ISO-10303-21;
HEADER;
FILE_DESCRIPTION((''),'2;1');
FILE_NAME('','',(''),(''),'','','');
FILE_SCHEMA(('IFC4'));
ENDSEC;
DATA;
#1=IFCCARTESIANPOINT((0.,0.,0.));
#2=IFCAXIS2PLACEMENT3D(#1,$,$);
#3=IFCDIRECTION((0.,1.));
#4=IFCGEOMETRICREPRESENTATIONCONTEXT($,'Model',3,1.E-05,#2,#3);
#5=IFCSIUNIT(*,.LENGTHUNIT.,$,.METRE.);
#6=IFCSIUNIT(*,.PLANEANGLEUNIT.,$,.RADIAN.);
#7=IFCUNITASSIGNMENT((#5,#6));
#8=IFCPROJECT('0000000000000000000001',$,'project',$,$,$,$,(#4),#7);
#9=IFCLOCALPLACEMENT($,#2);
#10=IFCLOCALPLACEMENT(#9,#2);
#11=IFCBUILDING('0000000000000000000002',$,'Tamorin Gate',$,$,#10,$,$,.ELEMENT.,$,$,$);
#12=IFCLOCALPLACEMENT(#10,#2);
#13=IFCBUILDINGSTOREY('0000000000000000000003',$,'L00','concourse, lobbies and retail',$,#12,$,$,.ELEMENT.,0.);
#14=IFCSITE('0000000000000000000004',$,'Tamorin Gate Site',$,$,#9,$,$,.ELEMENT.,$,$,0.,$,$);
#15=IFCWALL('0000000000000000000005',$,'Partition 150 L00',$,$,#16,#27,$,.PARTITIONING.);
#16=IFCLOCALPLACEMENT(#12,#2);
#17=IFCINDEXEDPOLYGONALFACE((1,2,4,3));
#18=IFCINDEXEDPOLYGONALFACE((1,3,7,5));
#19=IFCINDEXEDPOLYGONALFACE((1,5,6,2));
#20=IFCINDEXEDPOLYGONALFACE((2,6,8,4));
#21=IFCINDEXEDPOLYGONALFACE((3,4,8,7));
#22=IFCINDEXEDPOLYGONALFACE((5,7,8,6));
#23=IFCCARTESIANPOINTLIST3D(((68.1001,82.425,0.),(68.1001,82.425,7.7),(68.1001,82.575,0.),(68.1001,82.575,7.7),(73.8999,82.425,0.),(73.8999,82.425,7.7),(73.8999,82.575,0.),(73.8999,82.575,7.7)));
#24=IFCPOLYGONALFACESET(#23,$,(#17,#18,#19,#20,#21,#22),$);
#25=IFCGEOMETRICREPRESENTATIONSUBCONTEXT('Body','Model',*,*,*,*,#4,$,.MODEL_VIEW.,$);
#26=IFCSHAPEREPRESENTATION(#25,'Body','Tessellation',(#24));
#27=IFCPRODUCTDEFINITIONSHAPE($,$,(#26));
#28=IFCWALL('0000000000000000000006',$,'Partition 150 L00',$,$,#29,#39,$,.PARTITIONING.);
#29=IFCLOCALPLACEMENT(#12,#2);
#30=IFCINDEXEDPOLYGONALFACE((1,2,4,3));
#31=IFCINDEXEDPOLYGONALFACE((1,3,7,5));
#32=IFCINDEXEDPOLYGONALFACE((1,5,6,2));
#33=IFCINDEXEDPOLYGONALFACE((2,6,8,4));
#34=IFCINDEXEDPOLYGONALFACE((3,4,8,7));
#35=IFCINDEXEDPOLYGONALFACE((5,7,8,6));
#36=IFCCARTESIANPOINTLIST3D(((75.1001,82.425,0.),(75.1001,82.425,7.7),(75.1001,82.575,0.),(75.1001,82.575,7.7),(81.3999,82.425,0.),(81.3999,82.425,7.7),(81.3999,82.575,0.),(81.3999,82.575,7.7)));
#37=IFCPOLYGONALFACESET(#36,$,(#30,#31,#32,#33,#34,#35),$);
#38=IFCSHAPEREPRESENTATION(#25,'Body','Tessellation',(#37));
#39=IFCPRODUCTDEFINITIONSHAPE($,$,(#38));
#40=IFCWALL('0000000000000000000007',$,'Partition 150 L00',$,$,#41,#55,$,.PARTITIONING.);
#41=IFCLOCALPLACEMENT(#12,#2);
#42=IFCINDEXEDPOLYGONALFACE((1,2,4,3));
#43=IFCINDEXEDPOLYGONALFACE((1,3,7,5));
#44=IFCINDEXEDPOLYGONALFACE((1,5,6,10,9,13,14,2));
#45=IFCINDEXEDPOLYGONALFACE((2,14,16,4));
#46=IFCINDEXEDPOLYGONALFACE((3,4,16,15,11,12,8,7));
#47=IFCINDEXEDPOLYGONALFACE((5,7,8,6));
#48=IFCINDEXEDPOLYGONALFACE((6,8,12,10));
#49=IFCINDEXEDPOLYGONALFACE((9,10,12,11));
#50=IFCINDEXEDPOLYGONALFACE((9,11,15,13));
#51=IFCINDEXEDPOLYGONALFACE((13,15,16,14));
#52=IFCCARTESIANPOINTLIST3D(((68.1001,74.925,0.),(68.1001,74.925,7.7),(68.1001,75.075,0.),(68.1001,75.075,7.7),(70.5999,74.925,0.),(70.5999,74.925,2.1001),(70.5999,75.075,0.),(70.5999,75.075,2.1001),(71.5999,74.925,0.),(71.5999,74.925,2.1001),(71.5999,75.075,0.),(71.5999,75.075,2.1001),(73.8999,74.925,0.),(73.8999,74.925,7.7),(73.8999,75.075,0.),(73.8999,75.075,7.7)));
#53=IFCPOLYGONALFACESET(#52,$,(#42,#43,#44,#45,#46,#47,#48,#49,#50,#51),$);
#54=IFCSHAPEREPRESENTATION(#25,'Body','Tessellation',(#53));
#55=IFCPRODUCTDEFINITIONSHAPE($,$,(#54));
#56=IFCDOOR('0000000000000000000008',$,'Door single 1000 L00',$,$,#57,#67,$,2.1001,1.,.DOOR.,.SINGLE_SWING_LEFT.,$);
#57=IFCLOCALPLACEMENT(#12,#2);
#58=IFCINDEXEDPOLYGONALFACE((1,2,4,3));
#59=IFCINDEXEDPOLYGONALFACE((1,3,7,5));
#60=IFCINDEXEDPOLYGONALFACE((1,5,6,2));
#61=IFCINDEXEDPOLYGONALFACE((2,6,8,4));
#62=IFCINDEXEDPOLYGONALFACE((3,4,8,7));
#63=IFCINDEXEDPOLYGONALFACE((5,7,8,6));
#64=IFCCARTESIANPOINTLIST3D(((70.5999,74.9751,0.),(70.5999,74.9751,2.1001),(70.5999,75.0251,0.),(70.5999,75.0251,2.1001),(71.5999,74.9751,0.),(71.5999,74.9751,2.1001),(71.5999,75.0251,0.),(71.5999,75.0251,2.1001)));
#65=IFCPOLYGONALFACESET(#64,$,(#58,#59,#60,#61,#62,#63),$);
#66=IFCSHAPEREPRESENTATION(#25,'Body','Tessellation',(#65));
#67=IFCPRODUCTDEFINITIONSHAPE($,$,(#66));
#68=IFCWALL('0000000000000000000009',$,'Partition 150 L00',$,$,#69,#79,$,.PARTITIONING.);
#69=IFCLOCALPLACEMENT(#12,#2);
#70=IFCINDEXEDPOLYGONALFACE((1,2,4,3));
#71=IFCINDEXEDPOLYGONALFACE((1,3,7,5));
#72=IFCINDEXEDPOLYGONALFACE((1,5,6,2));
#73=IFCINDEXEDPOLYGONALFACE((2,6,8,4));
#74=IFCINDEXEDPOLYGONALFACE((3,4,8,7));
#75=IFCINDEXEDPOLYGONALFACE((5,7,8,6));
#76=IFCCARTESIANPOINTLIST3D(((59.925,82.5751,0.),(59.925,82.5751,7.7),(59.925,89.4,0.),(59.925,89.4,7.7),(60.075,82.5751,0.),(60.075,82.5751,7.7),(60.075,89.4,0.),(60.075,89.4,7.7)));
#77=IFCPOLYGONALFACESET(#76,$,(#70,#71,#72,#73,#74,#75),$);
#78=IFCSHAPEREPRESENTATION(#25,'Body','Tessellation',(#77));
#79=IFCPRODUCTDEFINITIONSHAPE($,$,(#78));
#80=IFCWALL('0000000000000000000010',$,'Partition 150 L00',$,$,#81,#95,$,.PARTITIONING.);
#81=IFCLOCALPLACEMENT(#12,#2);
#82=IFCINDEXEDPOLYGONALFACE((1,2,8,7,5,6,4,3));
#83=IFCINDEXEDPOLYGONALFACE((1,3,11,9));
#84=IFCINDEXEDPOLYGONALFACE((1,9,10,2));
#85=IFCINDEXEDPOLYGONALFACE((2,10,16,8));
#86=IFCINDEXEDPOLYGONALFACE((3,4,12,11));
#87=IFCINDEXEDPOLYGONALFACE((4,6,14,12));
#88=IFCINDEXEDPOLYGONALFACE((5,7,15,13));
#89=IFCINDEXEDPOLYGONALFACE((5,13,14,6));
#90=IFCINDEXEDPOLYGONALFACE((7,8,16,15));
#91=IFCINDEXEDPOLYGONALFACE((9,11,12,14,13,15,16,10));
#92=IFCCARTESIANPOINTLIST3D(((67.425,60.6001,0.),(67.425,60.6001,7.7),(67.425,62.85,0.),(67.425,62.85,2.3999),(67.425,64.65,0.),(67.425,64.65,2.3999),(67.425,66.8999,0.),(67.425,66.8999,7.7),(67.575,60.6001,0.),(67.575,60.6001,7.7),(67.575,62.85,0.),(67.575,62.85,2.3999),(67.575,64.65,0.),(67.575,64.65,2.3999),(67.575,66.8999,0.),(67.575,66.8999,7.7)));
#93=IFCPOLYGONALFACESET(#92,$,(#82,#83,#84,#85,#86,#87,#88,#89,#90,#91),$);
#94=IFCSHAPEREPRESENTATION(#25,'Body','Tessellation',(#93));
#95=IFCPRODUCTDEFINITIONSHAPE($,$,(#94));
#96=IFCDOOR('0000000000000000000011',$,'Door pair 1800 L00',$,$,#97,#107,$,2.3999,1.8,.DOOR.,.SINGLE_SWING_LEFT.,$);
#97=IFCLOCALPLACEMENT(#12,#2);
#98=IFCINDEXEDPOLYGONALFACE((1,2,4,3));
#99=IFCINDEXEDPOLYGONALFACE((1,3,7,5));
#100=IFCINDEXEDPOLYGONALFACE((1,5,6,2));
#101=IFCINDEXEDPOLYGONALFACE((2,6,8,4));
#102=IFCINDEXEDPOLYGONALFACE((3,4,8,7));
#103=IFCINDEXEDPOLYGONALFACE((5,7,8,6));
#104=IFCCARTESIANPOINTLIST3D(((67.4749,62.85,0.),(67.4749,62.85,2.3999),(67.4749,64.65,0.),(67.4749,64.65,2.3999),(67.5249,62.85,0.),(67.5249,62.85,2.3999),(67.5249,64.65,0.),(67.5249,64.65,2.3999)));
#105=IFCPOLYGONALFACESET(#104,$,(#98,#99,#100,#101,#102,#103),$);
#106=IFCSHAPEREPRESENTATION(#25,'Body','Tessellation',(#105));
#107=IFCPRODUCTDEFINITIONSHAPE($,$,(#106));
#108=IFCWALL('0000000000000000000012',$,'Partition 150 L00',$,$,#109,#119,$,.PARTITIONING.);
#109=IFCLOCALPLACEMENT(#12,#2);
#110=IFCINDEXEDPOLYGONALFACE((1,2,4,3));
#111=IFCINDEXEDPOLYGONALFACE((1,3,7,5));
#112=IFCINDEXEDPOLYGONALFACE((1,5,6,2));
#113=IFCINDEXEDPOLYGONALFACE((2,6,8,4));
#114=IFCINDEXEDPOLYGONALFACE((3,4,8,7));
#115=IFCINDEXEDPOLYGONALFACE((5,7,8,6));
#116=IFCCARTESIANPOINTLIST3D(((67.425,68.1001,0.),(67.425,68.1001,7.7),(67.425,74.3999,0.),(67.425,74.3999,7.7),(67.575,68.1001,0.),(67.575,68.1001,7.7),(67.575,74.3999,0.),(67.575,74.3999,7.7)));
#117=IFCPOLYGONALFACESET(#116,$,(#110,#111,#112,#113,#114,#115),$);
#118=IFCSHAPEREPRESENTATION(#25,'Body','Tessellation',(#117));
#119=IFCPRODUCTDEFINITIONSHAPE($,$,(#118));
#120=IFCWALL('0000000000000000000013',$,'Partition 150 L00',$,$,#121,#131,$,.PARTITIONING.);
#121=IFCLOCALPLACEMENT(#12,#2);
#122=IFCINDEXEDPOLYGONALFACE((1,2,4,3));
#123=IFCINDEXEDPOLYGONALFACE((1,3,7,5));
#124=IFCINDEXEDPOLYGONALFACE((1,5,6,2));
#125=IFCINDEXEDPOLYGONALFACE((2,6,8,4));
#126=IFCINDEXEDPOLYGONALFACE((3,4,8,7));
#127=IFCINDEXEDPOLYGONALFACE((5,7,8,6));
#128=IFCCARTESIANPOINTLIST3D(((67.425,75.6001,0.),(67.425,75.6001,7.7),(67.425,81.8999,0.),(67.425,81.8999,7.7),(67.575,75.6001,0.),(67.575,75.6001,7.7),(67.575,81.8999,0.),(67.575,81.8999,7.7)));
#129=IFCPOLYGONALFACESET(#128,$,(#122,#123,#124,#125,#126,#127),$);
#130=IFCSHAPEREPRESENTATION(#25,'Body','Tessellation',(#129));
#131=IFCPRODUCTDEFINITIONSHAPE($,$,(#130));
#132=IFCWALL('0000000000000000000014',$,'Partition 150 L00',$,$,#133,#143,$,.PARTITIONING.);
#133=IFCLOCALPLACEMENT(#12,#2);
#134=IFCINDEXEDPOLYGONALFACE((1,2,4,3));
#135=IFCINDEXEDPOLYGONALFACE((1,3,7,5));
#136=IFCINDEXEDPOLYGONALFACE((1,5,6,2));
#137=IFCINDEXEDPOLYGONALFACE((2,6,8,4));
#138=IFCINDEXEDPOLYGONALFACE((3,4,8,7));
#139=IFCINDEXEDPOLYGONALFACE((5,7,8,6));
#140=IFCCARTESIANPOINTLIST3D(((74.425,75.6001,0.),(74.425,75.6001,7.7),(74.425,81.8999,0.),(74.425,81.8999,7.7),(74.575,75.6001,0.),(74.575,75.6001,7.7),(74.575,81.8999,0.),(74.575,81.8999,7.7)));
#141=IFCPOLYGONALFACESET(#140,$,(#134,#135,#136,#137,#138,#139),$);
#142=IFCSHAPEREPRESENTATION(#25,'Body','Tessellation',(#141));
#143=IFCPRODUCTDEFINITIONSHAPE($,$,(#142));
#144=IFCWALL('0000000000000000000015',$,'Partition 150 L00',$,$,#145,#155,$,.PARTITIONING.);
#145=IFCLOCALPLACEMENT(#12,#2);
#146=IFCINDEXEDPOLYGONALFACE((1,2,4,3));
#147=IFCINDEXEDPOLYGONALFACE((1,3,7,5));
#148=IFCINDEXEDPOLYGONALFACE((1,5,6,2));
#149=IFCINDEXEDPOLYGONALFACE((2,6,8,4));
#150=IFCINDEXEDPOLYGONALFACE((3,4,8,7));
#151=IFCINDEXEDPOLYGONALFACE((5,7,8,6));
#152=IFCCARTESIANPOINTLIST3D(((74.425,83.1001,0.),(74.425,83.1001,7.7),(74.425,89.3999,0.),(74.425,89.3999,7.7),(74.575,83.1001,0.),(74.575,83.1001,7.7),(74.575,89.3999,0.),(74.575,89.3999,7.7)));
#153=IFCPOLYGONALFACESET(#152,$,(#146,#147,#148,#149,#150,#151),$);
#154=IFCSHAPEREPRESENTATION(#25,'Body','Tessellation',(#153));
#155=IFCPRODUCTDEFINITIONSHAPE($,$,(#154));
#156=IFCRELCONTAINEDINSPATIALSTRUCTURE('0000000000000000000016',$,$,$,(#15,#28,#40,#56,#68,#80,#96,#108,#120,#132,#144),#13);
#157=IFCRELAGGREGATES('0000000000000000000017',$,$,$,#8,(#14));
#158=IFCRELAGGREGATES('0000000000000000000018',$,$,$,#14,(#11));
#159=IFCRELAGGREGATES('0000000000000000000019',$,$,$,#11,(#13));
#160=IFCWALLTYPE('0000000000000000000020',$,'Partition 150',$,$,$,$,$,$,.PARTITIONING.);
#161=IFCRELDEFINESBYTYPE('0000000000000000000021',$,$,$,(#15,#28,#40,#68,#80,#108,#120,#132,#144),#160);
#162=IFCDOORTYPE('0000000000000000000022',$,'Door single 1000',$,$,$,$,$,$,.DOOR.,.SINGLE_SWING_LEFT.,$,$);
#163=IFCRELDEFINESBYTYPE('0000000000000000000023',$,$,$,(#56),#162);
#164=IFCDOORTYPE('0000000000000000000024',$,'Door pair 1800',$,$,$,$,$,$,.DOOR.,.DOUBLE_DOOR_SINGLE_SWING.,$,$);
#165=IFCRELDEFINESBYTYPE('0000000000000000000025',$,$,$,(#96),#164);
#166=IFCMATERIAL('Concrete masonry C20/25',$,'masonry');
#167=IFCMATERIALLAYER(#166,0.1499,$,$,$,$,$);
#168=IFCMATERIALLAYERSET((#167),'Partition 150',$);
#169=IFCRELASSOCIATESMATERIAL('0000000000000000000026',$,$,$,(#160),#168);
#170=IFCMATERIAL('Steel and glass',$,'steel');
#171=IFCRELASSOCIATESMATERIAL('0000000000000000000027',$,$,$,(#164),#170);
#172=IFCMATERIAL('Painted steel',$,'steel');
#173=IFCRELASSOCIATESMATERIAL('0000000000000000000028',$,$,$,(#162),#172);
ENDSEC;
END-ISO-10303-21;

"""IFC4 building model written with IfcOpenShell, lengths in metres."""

from ifc_helpers import new_model, si_unit, direction, frame, frame_2d, origin, place, context, subcontext, project, spatial, rectangle, extrude, material, layer, layer_set, type_object, element, fill, save


model = new_model("IFC4")

# Units and contexts
model_context = context("Model", 3, precision=1e-05, world=origin(), true_north=direction((0.0, 1.0)))
body_context = subcontext(model_context, "Body", "Model", "MODEL_VIEW")
ifc_project = project(units=[si_unit("LENGTHUNIT", "METRE"), si_unit("PLANEANGLEUNIT", "RADIAN")], contexts=[model_context])

# Site, building, storey
site_placement = place(None, origin())
site = spatial("IfcSite", under=ifc_project, at=site_placement, Name="Tamorin Gate Site", CompositionType="ELEMENT", RefElevation=0.0)
building_placement = place(site_placement, origin())
building = spatial("IfcBuilding", under=site, at=building_placement, Name="Tamorin Gate", CompositionType="ELEMENT")
storey_placement = place(building_placement, origin())
storey = spatial("IfcBuildingStorey", under=building, at=storey_placement, Name="L00", Description="concourse, lobbies and retail", CompositionType="ELEMENT", Elevation=0.0)

# Shared definitions
ifc_material_1 = material(Name="Concrete masonry C20/25", Category="masonry")
ifc_layer = layer(ifc_material_1, 0.1499)
ifc_layer_set = layer_set([ifc_layer], Name="Partition 150")
wall_type = type_object("IfcWallType", Name="Partition 150", PredefinedType="PARTITIONING", material=ifc_layer_set)
ifc_material_2 = material(Name="Steel and glass", Category="steel")
door_type_1 = type_object("IfcDoorType", Name="Door pair 1800", OperationType="DOUBLE_DOOR_SINGLE_SWING", PredefinedType="DOOR", material=ifc_material_2)
ifc_material_3 = material(Name="Painted steel", Category="steel")
door_type_2 = type_object("IfcDoorType", Name="Door single 1000", OperationType="SINGLE_SWING_LEFT", PredefinedType="DOOR", material=ifc_material_3)

# Walls
wall_1_placement = place(storey_placement, frame((68.1001, 82.5, 0.0), z_axis=(0.0, 0.0, 1.0), x_axis=(1.0, 0.0, 0.0)))
element("IfcWall", 1, at=wall_1_placement, inside=storey, type_object=wall_type, Name="Partition 150 L00", PredefinedType="PARTITIONING", context=body_context, shape_type="SweptSolid", body=[
    extrude(rectangle(XDim=5.7998, YDim=0.1499, at=frame_2d((2.8999, 0.0))), origin(), (0.0, 0.0, 1.0), 7.7),
])
wall_2_placement = place(storey_placement, frame((75.1001, 82.5, 0.0), z_axis=(0.0, 0.0, 1.0), x_axis=(1.0, 0.0, 0.0)))
element("IfcWall", 2, at=wall_2_placement, inside=storey, type_object=wall_type, Name="Partition 150 L00", PredefinedType="PARTITIONING", context=body_context, shape_type="SweptSolid", body=[
    extrude(rectangle(XDim=6.2998, YDim=0.1499, at=frame_2d((3.1499, 0.0))), origin(), (0.0, 0.0, 1.0), 7.7),
])

# Wall, opening, door
wall_3_placement = place(storey_placement, frame((73.8999, 75.0, 0.0), z_axis=(0.0, 0.0, 1.0), x_axis=(-1.0, 0.0, 0.0)))
wall_3 = element("IfcWall", 3, at=wall_3_placement, inside=storey, type_object=wall_type, Name="Partition 150 L00", PredefinedType="PARTITIONING", context=body_context, shape_type="SweptSolid", body=[
    extrude(rectangle(XDim=5.7998, YDim=0.1499, at=frame_2d((2.8999, 0.0))), origin(), (0.0, 0.0, 1.0), 7.7),
])
opening_1_placement = place(wall_3_placement, frame((2.3, 0.0, 0.0)))
opening_1 = element("IfcOpeningElement", 4, at=opening_1_placement, cuts=wall_3, PredefinedType="OPENING", context=body_context, shape_type="SweptSolid", body=[
    extrude(rectangle(XDim=1.0, YDim=2.1001, at=frame_2d((0.5, 1.05))), frame((0.0, 0.085, 0.0), z_axis=(0.0, -1.0, 0.0), x_axis=(1.0, 0.0, 0.0)), (0.0, 0.0, 1.0), 0.1699),
])
door_1_placement = place(opening_1_placement, origin())
door_1 = element("IfcDoor", 5, at=door_1_placement, inside=storey, type_object=door_type_2, Name="Door single 1000 L00", OperationType="SINGLE_SWING_LEFT", OverallHeight=2.1001, OverallWidth=1.0, PredefinedType="DOOR", context=body_context, shape_type="SweptSolid", body=[
    extrude(rectangle(XDim=1.0, YDim=2.1001, at=frame_2d((0.5, 1.05))), frame((0.0, 0.0249, 0.0), z_axis=(0.0, -1.0, 0.0), x_axis=(1.0, 0.0, 0.0)), (0.0, 0.0, 1.0), 0.05),
])
fill(opening_1, door_1)

# Wall
wall_4_placement = place(storey_placement, frame((60.0, 82.575, 0.0), z_axis=(0.0, 0.0, 1.0), x_axis=(0.0, 1.0, 0.0)))
element("IfcWall", 6, at=wall_4_placement, inside=storey, type_object=wall_type, Name="Partition 150 L00", PredefinedType="PARTITIONING", context=body_context, shape_type="SweptSolid", body=[
    extrude(rectangle(XDim=6.825, YDim=0.1499, at=frame_2d((3.4126, 0.0))), origin(), (0.0, 0.0, 1.0), 7.7),
])

# Wall, opening, door
wall_5_placement = place(storey_placement, frame((67.5, 66.8999, 0.0), z_axis=(0.0, 0.0, 1.0), x_axis=(0.0, -1.0, 0.0)))
wall_5 = element("IfcWall", 7, at=wall_5_placement, inside=storey, type_object=wall_type, Name="Partition 150 L00", PredefinedType="PARTITIONING", context=body_context, shape_type="SweptSolid", body=[
    extrude(rectangle(XDim=6.2998, YDim=0.1499, at=frame_2d((3.1499, 0.0))), origin(), (0.0, 0.0, 1.0), 7.7),
])
opening_2_placement = place(wall_5_placement, frame((2.25, 0.0, 0.0)))
opening_2 = element("IfcOpeningElement", 8, at=opening_2_placement, cuts=wall_5, PredefinedType="OPENING", context=body_context, shape_type="SweptSolid", body=[
    extrude(rectangle(XDim=1.8, YDim=2.3999, at=frame_2d((0.8999, 1.2))), frame((0.0, 0.085, 0.0), z_axis=(0.0, -1.0, 0.0), x_axis=(1.0, 0.0, 0.0)), (0.0, 0.0, 1.0), 0.1699),
])
door_2_placement = place(opening_2_placement, origin())
door_2 = element("IfcDoor", 9, at=door_2_placement, inside=storey, type_object=door_type_1, Name="Door pair 1800 L00", OperationType="SINGLE_SWING_LEFT", OverallHeight=2.3999, OverallWidth=1.8, PredefinedType="DOOR", context=body_context, shape_type="SweptSolid", body=[
    extrude(rectangle(XDim=1.8, YDim=2.3999, at=frame_2d((0.8999, 1.2))), frame((0.0, 0.0249, 0.0), z_axis=(0.0, -1.0, 0.0), x_axis=(1.0, 0.0, 0.0)), (0.0, 0.0, 1.0), 0.05),
])
fill(opening_2, door_2)

# Walls
for number, where, z_axis, x_axis, name in (
    (10, (67.5, 68.1001, 0.0), (0.0, 0.0, 1.0), (0.0, 1.0, 0.0), "Partition 150 L00"),
    (11, (67.5, 75.6001, 0.0), (0.0, 0.0, 1.0), (0.0, 1.0, 0.0), "Partition 150 L00"),
    (12, (74.5, 75.6001, 0.0), (0.0, 0.0, 1.0), (0.0, 1.0, 0.0), "Partition 150 L00"),
    (13, (74.5, 83.1001, 0.0), (0.0, 0.0, 1.0), (0.0, 1.0, 0.0), "Partition 150 L00"),
):
    element("IfcWall", number, at=place(storey_placement, frame(where, z_axis=z_axis, x_axis=x_axis)), inside=storey, type_object=wall_type, Name=name, PredefinedType="PARTITIONING", context=body_context, shape_type="SweptSolid", body=[
        extrude(rectangle(XDim=6.2998, YDim=0.1499, at=frame_2d((3.1499, 0.0))), origin(), (0.0, 0.0, 1.0), 7.7),
    ])

save(model, "model.ifc")
